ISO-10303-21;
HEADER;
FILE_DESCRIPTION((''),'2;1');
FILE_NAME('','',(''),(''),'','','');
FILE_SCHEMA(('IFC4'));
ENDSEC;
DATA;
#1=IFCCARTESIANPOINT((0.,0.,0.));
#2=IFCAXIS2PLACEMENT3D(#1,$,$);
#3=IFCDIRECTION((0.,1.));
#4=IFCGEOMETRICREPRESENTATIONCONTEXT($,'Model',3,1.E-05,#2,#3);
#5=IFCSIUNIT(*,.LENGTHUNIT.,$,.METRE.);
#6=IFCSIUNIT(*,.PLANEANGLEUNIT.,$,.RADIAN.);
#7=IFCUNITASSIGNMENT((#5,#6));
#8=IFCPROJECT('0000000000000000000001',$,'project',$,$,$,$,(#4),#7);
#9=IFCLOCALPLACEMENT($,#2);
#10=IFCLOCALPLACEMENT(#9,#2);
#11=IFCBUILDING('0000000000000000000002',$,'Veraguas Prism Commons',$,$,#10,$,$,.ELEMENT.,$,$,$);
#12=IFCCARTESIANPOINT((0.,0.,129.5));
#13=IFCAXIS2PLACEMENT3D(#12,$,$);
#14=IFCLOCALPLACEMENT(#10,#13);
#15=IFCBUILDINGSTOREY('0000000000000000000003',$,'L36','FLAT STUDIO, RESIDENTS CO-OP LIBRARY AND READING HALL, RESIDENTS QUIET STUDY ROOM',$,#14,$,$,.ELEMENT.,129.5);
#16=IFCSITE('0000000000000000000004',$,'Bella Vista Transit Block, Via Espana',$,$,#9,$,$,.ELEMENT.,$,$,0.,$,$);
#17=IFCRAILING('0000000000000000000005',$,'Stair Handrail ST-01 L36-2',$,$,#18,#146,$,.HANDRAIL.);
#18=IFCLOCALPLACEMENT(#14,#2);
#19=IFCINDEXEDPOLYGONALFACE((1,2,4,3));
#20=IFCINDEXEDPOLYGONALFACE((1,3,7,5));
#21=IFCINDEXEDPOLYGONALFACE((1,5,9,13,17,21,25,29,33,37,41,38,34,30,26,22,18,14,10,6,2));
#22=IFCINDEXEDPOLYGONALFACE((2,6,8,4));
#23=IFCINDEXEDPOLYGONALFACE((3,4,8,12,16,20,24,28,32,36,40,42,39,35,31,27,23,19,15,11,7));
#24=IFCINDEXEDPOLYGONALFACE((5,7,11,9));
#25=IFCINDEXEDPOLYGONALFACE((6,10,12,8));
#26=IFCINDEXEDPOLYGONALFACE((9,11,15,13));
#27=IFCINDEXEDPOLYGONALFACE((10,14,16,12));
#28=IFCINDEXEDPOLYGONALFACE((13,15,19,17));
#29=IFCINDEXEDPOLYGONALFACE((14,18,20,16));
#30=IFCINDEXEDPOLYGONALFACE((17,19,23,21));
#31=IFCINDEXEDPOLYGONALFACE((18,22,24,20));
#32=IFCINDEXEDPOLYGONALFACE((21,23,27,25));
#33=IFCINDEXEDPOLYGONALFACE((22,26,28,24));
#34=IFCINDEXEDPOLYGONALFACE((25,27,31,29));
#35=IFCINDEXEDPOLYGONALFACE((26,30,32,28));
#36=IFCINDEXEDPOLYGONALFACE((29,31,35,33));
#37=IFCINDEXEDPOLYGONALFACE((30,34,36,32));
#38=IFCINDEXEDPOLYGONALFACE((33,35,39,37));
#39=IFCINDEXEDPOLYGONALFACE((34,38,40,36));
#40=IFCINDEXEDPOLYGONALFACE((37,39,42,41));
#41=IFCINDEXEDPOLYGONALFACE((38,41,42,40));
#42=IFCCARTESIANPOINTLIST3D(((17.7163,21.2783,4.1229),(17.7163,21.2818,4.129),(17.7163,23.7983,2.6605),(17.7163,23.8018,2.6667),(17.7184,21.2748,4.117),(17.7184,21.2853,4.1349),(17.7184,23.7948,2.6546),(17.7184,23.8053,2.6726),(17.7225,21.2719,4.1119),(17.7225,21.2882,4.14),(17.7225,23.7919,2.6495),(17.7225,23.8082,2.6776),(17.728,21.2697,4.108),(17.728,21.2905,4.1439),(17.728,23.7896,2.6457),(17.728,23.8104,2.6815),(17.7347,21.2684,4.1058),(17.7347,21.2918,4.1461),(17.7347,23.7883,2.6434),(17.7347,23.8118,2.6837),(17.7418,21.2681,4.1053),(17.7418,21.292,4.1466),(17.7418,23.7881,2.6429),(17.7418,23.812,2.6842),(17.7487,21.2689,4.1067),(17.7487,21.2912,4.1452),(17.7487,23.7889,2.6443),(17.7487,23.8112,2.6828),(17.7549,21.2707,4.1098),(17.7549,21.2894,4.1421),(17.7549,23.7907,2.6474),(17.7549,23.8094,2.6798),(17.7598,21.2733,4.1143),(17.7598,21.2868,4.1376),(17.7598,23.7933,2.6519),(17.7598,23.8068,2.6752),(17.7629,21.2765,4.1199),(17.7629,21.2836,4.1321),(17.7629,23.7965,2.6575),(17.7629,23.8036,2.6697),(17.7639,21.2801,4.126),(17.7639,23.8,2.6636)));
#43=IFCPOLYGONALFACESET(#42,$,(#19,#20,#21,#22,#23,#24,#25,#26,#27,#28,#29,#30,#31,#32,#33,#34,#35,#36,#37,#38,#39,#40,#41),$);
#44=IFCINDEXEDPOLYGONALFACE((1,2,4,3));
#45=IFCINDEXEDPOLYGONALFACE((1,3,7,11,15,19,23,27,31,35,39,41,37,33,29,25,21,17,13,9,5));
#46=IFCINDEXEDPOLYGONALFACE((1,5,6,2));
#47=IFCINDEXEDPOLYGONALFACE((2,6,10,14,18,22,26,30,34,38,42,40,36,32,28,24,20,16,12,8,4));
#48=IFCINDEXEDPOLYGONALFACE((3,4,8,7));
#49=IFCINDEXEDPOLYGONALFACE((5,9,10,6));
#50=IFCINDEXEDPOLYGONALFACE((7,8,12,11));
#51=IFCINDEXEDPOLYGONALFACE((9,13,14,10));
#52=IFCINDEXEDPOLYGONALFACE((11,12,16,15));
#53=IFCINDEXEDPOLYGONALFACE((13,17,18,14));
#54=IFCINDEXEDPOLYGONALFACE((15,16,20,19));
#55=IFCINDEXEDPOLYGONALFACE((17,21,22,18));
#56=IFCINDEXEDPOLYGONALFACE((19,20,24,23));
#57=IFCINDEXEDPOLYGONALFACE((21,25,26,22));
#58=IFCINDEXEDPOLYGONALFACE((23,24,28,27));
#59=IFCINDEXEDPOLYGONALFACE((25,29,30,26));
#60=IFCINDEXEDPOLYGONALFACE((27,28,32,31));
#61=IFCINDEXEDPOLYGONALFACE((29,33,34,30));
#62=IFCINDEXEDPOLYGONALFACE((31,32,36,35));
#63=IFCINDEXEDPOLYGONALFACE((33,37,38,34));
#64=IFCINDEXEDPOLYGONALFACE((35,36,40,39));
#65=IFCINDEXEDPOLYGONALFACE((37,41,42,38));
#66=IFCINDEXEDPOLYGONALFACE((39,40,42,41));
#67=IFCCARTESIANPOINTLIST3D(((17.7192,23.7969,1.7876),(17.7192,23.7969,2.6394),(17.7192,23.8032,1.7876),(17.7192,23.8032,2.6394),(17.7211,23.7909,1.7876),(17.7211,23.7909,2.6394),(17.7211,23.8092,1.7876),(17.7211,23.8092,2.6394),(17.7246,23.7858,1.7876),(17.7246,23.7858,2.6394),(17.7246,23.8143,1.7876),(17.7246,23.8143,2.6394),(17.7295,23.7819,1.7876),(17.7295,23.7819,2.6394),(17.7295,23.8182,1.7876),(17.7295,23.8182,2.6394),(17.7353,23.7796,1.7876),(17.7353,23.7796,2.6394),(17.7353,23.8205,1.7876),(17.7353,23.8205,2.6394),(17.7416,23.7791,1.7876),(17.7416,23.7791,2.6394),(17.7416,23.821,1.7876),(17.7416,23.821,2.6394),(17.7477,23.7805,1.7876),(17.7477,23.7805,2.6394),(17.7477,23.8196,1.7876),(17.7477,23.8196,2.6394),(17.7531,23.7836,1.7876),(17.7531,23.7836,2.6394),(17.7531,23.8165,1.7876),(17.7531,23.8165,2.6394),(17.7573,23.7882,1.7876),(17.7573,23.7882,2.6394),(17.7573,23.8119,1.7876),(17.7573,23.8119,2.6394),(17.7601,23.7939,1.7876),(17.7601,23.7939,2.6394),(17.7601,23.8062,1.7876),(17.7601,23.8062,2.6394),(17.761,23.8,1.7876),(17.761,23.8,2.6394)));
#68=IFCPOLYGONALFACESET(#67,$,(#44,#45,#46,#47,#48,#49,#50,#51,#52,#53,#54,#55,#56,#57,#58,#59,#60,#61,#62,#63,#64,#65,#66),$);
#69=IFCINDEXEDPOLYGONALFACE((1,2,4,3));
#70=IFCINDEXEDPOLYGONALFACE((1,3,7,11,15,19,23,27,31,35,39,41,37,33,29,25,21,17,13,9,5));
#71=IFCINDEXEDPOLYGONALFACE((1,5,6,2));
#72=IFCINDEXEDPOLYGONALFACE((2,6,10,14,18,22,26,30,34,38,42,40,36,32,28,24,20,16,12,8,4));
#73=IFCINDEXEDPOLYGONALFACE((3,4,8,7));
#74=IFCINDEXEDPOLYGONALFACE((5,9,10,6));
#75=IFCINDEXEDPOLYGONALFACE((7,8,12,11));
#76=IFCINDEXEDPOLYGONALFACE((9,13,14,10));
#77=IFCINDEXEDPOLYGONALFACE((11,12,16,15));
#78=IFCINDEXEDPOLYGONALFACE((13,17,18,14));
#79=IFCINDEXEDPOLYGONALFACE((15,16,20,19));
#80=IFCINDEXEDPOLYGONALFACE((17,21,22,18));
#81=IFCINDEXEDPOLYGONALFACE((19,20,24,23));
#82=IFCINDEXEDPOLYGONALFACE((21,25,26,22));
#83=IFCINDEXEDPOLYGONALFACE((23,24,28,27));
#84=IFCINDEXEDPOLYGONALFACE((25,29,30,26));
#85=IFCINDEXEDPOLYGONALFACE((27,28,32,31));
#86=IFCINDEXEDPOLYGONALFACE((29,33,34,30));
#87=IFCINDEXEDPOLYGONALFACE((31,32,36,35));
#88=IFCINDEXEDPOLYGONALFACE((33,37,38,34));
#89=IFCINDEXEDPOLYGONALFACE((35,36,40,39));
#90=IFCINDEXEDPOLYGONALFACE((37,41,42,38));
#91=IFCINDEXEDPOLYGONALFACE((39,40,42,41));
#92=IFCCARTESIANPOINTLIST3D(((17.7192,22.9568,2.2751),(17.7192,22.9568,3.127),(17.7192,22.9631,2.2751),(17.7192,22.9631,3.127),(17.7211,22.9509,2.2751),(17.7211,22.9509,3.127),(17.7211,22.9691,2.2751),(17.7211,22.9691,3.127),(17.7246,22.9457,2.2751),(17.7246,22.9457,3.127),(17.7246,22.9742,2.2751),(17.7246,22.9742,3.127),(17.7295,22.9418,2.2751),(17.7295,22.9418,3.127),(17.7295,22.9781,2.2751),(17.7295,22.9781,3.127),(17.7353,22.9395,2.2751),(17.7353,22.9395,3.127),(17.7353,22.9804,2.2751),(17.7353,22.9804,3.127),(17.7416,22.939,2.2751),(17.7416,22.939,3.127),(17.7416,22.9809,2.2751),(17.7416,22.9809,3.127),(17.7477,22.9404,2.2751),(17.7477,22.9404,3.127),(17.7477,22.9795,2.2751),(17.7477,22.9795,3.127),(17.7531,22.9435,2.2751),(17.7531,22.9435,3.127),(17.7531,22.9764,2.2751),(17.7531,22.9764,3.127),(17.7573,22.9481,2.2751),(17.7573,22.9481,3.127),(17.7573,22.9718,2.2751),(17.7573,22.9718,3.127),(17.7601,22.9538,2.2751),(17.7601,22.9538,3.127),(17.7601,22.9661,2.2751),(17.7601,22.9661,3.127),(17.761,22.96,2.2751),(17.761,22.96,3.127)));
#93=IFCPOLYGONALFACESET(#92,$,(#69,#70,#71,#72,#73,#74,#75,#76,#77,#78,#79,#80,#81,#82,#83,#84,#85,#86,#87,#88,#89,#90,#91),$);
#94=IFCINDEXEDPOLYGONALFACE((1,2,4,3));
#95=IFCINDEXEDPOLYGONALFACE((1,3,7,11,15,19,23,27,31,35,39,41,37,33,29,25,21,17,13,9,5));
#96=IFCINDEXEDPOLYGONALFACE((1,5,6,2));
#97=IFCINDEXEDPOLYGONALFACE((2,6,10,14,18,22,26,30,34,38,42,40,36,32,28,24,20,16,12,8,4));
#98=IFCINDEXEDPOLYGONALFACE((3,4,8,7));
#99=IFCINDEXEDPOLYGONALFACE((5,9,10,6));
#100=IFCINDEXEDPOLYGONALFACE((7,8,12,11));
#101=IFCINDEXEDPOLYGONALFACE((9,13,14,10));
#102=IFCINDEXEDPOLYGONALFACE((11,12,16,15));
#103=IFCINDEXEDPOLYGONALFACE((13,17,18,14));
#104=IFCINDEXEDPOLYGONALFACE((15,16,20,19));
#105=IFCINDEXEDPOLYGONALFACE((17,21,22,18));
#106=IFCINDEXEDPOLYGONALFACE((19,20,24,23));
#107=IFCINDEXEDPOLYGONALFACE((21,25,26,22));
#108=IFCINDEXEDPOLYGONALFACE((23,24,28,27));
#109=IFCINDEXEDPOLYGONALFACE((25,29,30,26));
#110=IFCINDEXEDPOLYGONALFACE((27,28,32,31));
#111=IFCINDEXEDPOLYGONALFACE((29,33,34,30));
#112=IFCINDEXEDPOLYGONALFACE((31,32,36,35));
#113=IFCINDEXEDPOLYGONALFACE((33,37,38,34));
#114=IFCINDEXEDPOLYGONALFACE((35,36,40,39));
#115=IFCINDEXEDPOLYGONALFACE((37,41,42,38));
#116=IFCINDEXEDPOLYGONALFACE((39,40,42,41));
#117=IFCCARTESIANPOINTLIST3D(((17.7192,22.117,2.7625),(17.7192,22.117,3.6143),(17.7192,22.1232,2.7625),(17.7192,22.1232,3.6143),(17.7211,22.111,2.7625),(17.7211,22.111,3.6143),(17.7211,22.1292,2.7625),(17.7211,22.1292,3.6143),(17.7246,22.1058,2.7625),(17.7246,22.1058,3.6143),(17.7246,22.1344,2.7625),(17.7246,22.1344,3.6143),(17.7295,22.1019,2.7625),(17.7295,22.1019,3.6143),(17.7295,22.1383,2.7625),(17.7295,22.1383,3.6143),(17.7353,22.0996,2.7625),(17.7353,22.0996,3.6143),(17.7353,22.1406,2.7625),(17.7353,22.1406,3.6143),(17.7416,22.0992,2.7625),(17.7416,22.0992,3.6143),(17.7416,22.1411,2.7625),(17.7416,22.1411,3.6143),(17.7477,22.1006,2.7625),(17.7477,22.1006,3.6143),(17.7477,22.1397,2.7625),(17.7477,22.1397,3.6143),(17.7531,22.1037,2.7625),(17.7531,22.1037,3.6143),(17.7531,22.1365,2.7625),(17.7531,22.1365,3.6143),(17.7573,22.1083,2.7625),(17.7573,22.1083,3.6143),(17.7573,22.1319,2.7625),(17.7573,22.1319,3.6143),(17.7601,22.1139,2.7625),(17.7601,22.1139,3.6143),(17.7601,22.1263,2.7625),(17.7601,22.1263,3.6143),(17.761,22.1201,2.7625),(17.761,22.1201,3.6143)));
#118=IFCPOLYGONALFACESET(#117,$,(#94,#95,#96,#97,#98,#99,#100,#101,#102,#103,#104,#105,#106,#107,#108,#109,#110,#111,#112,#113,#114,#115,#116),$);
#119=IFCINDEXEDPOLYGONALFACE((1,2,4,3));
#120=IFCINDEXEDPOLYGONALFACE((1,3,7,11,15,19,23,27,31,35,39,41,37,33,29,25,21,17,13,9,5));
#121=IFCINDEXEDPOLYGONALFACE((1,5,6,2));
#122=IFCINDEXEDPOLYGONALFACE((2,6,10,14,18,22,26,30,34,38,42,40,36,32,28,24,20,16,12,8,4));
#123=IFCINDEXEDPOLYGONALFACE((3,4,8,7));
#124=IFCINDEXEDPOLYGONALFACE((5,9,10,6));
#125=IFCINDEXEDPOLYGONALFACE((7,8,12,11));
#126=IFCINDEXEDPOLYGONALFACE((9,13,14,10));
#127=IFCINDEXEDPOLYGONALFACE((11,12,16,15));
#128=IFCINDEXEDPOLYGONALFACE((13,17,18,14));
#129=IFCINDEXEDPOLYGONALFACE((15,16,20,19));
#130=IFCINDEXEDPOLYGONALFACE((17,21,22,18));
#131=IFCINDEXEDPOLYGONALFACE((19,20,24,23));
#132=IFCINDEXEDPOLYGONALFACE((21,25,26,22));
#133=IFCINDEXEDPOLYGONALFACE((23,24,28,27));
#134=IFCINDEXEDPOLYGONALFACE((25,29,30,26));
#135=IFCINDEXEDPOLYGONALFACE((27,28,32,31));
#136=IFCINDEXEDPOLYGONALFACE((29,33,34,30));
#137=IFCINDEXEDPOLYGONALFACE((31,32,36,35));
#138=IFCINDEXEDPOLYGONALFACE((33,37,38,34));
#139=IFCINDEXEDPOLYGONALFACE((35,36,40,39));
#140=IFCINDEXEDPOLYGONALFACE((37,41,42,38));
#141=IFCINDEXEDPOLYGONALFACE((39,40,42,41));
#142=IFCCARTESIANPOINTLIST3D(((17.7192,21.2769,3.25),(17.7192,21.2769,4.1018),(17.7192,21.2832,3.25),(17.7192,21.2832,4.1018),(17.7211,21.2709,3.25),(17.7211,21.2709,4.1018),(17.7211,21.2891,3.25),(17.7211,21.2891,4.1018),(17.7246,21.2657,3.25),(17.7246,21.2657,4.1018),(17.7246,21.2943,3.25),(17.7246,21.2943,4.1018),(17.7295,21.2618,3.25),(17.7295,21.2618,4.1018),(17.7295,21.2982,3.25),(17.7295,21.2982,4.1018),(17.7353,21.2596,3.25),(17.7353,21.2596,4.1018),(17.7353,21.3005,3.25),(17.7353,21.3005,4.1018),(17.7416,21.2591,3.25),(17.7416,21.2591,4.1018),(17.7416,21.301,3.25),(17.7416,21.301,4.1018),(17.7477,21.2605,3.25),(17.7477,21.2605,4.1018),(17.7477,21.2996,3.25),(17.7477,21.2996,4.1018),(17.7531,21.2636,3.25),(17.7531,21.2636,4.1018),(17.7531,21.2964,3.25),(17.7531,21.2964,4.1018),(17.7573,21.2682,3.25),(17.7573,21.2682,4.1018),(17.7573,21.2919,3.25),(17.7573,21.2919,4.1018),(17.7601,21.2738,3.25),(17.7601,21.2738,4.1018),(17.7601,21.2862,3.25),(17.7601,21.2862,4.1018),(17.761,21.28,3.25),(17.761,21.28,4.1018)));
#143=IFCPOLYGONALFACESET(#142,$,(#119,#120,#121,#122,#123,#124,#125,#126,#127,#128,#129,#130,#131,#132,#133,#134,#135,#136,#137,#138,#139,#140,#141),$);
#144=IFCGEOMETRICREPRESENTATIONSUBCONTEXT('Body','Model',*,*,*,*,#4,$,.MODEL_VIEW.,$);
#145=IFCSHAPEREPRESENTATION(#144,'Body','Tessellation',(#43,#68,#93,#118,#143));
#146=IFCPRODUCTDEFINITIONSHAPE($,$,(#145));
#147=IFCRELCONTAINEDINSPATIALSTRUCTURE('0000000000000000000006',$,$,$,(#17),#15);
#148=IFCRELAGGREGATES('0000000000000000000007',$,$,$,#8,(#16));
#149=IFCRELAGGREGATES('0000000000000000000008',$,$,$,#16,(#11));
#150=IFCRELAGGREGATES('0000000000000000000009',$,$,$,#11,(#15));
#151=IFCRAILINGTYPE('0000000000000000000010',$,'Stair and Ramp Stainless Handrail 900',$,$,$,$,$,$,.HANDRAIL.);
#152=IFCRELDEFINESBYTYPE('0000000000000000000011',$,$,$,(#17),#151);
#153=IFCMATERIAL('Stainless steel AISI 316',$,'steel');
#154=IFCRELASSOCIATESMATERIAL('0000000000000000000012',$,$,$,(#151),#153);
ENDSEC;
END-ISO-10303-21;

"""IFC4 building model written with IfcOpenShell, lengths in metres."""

from ifc_helpers import new_model, si_unit, direction, frame, origin, origin_2d, place, context, subcontext, project, spatial, circle, extrude, material, type_object, element, save


model = new_model("IFC4")

# Units and contexts
model_context = context("Model", 3, precision=1e-05, world=origin(), true_north=direction((0.0, 1.0)))
body_context = subcontext(model_context, "Body", "Model", "MODEL_VIEW")
ifc_project = project(units=[si_unit("LENGTHUNIT", "METRE"), si_unit("PLANEANGLEUNIT", "RADIAN")], contexts=[model_context])

# Site, building, storey
site_placement = place(None, origin())
site = spatial("IfcSite", under=ifc_project, at=site_placement, Name="Bella Vista Transit Block, Via Espana", CompositionType="ELEMENT", RefElevation=0.0)
building_placement = place(site_placement, origin())
building = spatial("IfcBuilding", under=site, at=building_placement, Name="Veraguas Prism Commons", CompositionType="ELEMENT")
storey_placement = place(building_placement, frame((0.0, 0.0, 129.5)))
storey = spatial("IfcBuildingStorey", under=building, at=storey_placement, Name="L36", Description="FLAT STUDIO, RESIDENTS CO-OP LIBRARY AND READING HALL, RESIDENTS QUIET STUDY ROOM", CompositionType="ELEMENT", Elevation=129.5)

# Railing
ifc_material_1 = material(Name="Stainless steel AISI 316", Category="steel")
railing_type_1 = type_object("IfcRailingType", Name="Stair and Ramp Stainless Handrail 900", PredefinedType="HANDRAIL", material=ifc_material_1)
railing_1_placement = place(storey_placement, frame((17.74, 23.8, 1.7876)))
element("IfcRailing", 1, at=railing_1_placement, inside=storey, type_object=railing_type_1, Name="Stair Handrail ST-01 L36-2", PredefinedType="HANDRAIL", context=body_context, shape_type="SweptSolid", body=[
    extrude(circle(Radius=0.0239, at=origin_2d()), frame((0.0, 0.0, 0.876), z_axis=(0.0, -0.864913, 0.501921), x_axis=(1.0, 0.0, 0.0)), (0.0, 0.0, 1.0), 2.9136),
    extrude(circle(Radius=0.021, at=origin_2d()), origin(), (0.0, 0.0, 1.0), 0.8518),
    extrude(circle(Radius=0.021, at=origin_2d()), frame((0.0, -0.8401, 0.4875)), (0.0, 0.0, 1.0), 0.8518),
    extrude(circle(Radius=0.021, at=origin_2d()), frame((0.0, -1.6799, 0.9749)), (0.0, 0.0, 1.0), 0.8518),
    extrude(circle(Radius=0.021, at=origin_2d()), frame((0.0, -2.52, 1.4624)), (0.0, 0.0, 1.0), 0.8518),
])

save(model, "model.ifc")
